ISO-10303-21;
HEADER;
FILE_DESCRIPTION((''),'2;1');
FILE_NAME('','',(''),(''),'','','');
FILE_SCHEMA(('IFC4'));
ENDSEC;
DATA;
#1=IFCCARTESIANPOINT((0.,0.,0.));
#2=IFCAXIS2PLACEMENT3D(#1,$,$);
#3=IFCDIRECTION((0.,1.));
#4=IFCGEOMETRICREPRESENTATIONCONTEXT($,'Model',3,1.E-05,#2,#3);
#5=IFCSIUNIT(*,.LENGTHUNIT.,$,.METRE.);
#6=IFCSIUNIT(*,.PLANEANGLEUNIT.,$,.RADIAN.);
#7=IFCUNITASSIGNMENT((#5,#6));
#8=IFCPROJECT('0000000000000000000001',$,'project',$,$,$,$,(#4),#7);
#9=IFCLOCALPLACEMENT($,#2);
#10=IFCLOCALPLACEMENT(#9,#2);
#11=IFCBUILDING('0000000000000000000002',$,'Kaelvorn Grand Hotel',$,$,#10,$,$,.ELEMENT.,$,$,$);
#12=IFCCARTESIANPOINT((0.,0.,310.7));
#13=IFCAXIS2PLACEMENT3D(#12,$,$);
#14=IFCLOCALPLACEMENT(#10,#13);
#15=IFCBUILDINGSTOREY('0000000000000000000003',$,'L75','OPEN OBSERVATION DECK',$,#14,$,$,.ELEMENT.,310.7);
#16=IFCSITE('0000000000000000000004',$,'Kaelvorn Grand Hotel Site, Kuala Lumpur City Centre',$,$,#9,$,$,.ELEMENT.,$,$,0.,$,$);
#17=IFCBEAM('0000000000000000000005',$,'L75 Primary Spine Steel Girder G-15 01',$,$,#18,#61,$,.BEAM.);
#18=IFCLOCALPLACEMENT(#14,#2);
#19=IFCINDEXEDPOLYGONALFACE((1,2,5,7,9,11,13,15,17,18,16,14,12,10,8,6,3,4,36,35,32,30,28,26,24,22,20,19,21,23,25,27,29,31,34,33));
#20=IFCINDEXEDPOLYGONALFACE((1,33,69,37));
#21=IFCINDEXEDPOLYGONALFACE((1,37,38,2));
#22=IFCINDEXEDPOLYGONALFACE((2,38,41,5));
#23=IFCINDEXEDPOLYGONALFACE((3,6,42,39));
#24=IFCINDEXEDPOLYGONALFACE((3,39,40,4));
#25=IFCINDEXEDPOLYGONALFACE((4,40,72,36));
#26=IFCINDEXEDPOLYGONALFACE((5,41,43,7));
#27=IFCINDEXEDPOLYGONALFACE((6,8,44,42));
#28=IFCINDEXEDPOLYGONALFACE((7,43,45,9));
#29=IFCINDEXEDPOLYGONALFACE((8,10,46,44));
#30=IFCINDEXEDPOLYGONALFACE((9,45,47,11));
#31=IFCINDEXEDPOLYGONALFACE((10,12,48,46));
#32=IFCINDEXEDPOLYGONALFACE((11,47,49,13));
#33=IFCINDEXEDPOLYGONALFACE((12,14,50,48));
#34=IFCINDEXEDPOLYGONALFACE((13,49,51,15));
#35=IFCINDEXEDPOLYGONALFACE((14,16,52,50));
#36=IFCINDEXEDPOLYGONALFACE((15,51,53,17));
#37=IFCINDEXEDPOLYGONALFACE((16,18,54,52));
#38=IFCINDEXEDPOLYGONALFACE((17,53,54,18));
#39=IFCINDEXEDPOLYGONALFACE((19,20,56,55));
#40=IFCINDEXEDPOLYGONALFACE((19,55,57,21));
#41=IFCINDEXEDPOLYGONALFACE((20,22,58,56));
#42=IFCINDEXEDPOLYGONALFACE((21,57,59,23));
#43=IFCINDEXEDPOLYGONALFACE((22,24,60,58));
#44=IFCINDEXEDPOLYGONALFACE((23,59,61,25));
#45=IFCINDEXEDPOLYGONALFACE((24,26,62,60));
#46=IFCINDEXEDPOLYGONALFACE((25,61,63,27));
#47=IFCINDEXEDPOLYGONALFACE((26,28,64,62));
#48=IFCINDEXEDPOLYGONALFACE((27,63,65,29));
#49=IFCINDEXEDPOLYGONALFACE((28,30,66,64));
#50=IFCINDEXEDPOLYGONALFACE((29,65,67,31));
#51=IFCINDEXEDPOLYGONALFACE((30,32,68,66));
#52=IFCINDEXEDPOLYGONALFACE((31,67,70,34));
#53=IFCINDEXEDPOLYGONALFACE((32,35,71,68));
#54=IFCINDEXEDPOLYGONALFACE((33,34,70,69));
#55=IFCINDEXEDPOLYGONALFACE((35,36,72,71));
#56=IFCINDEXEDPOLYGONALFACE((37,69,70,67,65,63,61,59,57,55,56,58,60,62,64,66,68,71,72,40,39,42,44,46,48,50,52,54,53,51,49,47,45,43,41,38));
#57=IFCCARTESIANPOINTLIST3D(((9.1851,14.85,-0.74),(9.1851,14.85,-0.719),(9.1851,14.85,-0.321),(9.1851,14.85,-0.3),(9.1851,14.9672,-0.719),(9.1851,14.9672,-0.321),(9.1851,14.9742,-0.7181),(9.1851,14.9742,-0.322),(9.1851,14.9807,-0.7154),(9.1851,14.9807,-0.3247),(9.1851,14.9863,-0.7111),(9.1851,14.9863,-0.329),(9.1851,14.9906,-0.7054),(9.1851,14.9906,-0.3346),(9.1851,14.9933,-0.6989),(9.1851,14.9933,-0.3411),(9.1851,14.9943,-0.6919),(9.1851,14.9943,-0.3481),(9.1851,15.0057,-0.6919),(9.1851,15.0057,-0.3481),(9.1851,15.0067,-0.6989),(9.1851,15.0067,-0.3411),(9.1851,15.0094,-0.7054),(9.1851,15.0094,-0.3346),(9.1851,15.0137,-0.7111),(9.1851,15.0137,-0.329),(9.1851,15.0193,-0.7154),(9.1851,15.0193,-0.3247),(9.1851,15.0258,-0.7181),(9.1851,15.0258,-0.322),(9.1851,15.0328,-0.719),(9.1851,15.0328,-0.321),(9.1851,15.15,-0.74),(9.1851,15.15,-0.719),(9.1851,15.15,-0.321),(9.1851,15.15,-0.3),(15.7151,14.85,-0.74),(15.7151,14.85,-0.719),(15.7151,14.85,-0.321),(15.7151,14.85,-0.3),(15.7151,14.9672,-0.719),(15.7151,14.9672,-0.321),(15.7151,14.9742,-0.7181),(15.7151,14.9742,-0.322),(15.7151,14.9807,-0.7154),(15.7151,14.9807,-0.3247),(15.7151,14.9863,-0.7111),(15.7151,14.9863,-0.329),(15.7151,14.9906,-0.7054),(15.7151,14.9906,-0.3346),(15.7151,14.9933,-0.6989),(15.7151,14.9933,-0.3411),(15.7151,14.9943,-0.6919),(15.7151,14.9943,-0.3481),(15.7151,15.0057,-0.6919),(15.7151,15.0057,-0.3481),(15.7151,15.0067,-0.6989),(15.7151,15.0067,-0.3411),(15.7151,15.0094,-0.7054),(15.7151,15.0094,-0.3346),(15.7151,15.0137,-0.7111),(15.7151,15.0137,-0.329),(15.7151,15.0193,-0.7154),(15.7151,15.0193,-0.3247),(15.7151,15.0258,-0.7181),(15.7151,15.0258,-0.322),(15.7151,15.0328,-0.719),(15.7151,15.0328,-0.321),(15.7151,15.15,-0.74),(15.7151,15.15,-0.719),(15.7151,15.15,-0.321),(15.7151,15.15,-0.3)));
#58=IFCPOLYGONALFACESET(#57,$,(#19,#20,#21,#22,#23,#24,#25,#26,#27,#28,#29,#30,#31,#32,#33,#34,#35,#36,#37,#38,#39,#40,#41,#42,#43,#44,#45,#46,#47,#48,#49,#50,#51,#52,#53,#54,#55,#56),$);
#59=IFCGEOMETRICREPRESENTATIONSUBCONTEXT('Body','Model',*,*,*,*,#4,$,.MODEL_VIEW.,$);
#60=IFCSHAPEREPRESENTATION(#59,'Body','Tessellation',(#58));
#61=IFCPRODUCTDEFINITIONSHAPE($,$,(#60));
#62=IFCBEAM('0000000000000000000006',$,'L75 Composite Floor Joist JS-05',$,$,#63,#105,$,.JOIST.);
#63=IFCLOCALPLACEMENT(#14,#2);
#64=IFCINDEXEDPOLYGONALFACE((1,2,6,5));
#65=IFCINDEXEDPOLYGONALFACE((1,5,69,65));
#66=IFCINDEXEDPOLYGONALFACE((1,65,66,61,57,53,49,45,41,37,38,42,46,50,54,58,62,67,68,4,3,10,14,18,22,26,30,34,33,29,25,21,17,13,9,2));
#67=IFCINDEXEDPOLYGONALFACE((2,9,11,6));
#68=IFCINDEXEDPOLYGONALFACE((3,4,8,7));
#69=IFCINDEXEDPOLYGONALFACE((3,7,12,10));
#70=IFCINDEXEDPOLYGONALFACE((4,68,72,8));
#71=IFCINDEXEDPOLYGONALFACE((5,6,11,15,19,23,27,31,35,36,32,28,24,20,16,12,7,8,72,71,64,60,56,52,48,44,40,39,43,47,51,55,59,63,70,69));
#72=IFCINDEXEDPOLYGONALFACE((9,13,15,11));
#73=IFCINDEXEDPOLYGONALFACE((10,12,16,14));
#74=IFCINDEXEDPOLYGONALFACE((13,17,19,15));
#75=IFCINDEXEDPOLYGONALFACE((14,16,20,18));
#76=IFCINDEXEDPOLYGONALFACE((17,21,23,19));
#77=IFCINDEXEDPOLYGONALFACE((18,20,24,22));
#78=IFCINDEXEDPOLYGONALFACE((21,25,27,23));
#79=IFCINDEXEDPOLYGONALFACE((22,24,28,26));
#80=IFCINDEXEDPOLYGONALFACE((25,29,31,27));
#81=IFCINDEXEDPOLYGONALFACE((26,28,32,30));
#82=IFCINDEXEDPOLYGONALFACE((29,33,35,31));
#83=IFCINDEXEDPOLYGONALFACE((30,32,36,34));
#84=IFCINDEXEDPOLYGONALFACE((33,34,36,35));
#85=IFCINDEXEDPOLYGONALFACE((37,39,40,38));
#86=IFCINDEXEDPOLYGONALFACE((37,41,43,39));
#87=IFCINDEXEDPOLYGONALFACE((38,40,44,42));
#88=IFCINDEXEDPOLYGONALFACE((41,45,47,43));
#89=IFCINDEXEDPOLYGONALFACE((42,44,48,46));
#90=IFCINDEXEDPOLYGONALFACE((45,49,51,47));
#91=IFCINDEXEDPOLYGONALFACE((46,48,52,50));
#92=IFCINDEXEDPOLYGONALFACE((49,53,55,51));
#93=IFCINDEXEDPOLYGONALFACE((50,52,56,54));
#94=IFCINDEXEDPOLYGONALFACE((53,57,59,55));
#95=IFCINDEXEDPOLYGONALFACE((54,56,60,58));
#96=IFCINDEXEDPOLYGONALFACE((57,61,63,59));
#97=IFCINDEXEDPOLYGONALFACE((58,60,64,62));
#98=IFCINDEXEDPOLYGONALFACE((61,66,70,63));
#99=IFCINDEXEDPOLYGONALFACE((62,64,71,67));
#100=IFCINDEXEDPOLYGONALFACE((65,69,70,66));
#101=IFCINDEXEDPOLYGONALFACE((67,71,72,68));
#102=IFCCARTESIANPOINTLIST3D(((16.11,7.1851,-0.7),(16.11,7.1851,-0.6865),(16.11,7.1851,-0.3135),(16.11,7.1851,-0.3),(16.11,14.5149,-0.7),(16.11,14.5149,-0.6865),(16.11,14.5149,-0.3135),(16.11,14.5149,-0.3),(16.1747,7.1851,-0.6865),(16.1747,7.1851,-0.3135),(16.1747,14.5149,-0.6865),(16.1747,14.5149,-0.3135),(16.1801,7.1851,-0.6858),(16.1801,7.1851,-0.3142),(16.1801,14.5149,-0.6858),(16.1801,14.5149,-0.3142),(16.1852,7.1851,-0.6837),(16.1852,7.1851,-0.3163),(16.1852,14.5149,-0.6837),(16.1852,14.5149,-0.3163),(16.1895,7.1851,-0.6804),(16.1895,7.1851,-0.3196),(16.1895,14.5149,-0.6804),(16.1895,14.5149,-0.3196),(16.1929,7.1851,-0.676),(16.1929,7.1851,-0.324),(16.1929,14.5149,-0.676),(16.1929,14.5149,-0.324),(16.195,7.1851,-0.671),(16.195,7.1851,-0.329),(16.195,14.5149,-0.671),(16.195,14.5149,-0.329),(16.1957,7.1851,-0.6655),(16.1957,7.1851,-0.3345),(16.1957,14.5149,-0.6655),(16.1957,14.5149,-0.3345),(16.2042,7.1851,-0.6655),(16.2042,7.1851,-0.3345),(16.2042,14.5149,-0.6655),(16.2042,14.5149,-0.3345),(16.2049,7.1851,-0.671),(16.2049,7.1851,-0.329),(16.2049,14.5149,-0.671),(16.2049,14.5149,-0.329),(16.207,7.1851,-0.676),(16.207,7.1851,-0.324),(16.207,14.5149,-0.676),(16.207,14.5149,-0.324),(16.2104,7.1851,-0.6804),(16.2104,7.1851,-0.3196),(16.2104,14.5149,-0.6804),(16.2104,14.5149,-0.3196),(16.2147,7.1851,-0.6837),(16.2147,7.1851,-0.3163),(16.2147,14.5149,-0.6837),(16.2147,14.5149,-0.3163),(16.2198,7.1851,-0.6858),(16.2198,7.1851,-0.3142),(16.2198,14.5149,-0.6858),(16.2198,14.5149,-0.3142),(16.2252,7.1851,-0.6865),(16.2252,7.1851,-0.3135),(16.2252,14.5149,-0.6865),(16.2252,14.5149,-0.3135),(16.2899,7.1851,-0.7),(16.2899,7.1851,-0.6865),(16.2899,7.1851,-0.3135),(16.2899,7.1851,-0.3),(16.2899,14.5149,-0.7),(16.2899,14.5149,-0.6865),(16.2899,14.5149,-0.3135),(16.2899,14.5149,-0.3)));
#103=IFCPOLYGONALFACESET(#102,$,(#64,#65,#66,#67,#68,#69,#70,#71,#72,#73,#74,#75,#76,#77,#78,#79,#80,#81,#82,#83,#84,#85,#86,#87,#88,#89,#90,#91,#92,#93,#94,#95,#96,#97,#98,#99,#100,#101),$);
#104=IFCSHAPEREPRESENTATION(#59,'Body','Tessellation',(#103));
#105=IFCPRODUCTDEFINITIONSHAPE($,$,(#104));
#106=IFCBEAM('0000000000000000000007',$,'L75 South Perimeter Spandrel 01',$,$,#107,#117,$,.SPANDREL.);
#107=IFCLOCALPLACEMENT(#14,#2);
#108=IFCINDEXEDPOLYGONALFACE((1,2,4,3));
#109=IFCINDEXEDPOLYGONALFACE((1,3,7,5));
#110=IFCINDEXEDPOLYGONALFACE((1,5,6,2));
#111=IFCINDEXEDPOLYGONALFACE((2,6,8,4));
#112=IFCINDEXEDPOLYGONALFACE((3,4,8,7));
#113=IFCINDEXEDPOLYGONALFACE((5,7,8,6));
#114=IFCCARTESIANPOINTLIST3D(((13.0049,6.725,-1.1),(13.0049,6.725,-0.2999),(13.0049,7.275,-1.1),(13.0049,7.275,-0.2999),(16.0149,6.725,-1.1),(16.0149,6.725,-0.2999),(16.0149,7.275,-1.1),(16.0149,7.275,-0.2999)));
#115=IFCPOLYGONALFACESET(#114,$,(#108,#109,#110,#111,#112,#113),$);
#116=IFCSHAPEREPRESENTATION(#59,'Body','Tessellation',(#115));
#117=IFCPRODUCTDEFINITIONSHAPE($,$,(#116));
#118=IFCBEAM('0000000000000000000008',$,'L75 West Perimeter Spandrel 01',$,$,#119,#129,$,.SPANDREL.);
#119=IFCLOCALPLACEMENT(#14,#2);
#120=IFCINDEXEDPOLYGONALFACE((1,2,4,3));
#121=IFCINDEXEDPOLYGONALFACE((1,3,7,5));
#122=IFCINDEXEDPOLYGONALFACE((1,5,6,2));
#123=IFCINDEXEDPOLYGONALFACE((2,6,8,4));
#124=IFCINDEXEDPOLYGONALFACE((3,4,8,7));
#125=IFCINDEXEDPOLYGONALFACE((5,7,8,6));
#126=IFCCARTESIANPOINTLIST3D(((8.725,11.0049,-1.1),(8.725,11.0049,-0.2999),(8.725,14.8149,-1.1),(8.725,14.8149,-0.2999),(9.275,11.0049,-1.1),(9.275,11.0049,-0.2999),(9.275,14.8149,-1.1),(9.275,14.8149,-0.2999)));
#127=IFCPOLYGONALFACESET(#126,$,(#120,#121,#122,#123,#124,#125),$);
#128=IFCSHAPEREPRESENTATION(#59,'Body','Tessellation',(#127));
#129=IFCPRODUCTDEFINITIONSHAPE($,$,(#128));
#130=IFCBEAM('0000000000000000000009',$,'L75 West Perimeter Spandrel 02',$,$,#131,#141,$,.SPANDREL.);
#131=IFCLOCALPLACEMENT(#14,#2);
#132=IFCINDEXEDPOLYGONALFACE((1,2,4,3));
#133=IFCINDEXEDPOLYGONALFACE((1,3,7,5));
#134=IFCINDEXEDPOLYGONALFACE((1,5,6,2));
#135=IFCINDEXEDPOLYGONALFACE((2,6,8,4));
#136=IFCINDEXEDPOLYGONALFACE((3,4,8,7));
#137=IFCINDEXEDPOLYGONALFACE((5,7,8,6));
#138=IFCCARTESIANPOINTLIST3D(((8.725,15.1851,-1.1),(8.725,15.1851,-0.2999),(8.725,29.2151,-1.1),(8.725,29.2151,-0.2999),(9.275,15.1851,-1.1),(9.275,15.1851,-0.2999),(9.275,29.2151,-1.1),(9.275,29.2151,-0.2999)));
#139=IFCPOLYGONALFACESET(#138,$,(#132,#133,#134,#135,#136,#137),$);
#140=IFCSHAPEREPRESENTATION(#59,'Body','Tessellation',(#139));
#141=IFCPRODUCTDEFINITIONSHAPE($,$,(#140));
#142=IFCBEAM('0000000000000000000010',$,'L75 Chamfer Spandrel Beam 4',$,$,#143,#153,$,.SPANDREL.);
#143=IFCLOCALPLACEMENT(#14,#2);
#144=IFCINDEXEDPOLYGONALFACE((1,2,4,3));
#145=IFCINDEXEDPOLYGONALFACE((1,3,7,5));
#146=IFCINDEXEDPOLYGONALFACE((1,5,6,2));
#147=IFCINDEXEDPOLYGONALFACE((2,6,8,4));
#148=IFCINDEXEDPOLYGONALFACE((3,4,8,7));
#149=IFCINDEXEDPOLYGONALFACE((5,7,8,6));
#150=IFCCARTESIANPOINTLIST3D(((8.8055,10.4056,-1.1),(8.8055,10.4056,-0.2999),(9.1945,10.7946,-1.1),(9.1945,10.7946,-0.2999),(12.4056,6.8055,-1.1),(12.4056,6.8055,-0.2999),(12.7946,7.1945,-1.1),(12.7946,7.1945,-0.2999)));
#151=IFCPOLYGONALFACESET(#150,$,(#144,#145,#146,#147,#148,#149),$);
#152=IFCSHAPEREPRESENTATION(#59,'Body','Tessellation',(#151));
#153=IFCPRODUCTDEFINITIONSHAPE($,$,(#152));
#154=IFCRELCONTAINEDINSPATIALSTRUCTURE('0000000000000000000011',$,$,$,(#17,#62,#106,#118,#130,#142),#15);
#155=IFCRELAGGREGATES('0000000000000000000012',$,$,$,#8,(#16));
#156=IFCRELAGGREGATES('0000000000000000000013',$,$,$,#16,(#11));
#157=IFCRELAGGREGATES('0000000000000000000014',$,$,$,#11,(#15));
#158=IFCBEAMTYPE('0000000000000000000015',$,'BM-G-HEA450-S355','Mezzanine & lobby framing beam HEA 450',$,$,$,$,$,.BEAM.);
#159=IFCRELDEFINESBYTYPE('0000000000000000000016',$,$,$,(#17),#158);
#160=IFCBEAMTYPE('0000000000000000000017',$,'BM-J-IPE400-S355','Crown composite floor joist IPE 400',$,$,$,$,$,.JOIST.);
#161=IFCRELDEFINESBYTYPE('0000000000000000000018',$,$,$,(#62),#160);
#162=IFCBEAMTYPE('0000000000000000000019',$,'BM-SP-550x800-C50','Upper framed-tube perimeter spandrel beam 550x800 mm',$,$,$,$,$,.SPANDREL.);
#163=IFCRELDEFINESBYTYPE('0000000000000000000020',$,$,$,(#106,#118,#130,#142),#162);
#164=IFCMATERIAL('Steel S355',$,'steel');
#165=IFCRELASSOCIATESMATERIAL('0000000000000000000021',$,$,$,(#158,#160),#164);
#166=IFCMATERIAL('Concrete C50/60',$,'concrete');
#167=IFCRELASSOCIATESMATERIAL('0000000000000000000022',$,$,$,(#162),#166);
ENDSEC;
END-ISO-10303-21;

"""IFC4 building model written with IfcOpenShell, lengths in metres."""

from ifc_helpers import new_model, si_unit, direction, frame, origin, origin_2d, place, context, subcontext, project, spatial, rectangle, i_section, extrude, material, material_profile, profile_set, type_object, element, save


model = new_model("IFC4")

# Units and contexts
model_context = context("Model", 3, precision=1e-05, world=origin(), true_north=direction((0.0, 1.0)))
body_context = subcontext(model_context, "Body", "Model", "MODEL_VIEW")
ifc_project = project(units=[si_unit("LENGTHUNIT", "METRE"), si_unit("PLANEANGLEUNIT", "RADIAN")], contexts=[model_context])

# Site, building, storey
site_placement = place(None, origin())
site = spatial("IfcSite", under=ifc_project, at=site_placement, Name="Kaelvorn Grand Hotel Site, Kuala Lumpur City Centre", CompositionType="ELEMENT", RefElevation=0.0)
building_placement = place(site_placement, origin())
building = spatial("IfcBuilding", under=site, at=building_placement, Name="Kaelvorn Grand Hotel", CompositionType="ELEMENT")
storey_placement = place(building_placement, frame((0.0, 0.0, 310.7)))
storey = spatial("IfcBuildingStorey", under=building, at=storey_placement, Name="L75", Description="OPEN OBSERVATION DECK", CompositionType="ELEMENT", Elevation=310.7)

# Shared definitions
ifc_material_1 = material(Name="Steel S355", Category="steel")

# Beams
ifc_material_profile_1 = material_profile(ifc_material_1, i_section(OverallWidth=0.3, OverallDepth=0.4399, WebThickness=0.0115, FlangeThickness=0.021, FilletRadius=0.0271, at=origin_2d()), Name="HEA 450")
ifc_profile_set_1 = profile_set([ifc_material_profile_1], Name="Steel S355")
beam_type_1 = type_object("IfcBeamType", Name="BM-G-HEA450-S355", Description="Mezzanine & lobby framing beam HEA 450", PredefinedType="BEAM", material=ifc_profile_set_1)
beam_1_placement = place(storey_placement, frame((9.1851, 15.0, -0.52), z_axis=(1.0, 0.0, 0.0), x_axis=(0.0, 1.0, 0.0)))
element("IfcBeam", 1, at=beam_1_placement, inside=storey, type_object=beam_type_1, Name="L75 Primary Spine Steel Girder G-15 01", PredefinedType="BEAM", context=body_context, shape_type="SweptSolid", body=[
    extrude(i_section(OverallWidth=0.3, OverallDepth=0.4399, WebThickness=0.0115, FlangeThickness=0.021, FilletRadius=0.0271, at=origin_2d()), origin(), (0.0, 0.0, 1.0), 6.53),
])
ifc_material_profile_2 = material_profile(ifc_material_1, i_section(OverallWidth=0.1799, OverallDepth=0.3999, WebThickness=0.0085, FlangeThickness=0.0134, FilletRadius=0.021, at=origin_2d()), Name="IPE 400")
ifc_profile_set_2 = profile_set([ifc_material_profile_2], Name="Steel S355")
beam_type_2 = type_object("IfcBeamType", Name="BM-J-IPE400-S355", Description="Crown composite floor joist IPE 400", PredefinedType="JOIST", material=ifc_profile_set_2)
beam_2_placement = place(storey_placement, frame((16.2, 7.1851, -0.5), z_axis=(0.0, 1.0, 0.0), x_axis=(-1.0, 0.0, 0.0)))
element("IfcBeam", 2, at=beam_2_placement, inside=storey, type_object=beam_type_2, Name="L75 Composite Floor Joist JS-05", PredefinedType="JOIST", context=body_context, shape_type="SweptSolid", body=[
    extrude(i_section(OverallWidth=0.1799, OverallDepth=0.3999, WebThickness=0.0085, FlangeThickness=0.0134, FilletRadius=0.021, at=origin_2d()), origin(), (0.0, 0.0, 1.0), 7.3298),
])
ifc_material_2 = material(Name="Concrete C50/60", Category="concrete")
ifc_material_profile_3 = material_profile(ifc_material_2, rectangle(XDim=0.55, YDim=0.8, at=origin_2d()), Name="RC SPANDREL 550x800")
ifc_profile_set_3 = profile_set([ifc_material_profile_3], Name="Concrete C50/60")
beam_type_3 = type_object("IfcBeamType", Name="BM-SP-550x800-C50", Description="Upper framed-tube perimeter spandrel beam 550x800 mm", PredefinedType="SPANDREL", material=ifc_profile_set_3)
beam_3_placement = place(storey_placement, frame((13.0049, 7.0, -0.7), z_axis=(1.0, 0.0, 0.0), x_axis=(0.0, 1.0, 0.0)))
element("IfcBeam", 3, at=beam_3_placement, inside=storey, type_object=beam_type_3, Name="L75 South Perimeter Spandrel 01", PredefinedType="SPANDREL", context=body_context, shape_type="SweptSolid", body=[
    extrude(rectangle(XDim=0.55, YDim=0.8, at=origin_2d()), origin(), (0.0, 0.0, 1.0), 3.01),
])
beam_4_placement = place(storey_placement, frame((9.0, 11.0049, -0.7), z_axis=(0.0, 1.0, 0.0), x_axis=(-1.0, 0.0, 0.0)))
element("IfcBeam", 4, at=beam_4_placement, inside=storey, type_object=beam_type_3, Name="L75 West Perimeter Spandrel 01", PredefinedType="SPANDREL", context=body_context, shape_type="SweptSolid", body=[
    extrude(rectangle(XDim=0.55, YDim=0.8, at=origin_2d()), origin(), (0.0, 0.0, 1.0), 3.8101),
])
beam_5_placement = place(storey_placement, frame((9.0, 15.1851, -0.7), z_axis=(0.0, 1.0, 0.0), x_axis=(-1.0, 0.0, 0.0)))
element("IfcBeam", 5, at=beam_5_placement, inside=storey, type_object=beam_type_3, Name="L75 West Perimeter Spandrel 02", PredefinedType="SPANDREL", context=body_context, shape_type="SweptSolid", body=[
    extrude(rectangle(XDim=0.55, YDim=0.8, at=origin_2d()), origin(), (0.0, 0.0, 1.0), 14.03),
])
beam_6_placement = place(storey_placement, frame((9.0, 10.6001, -0.7), z_axis=(0.707107, -0.707107, 0.0), x_axis=(0.707107, 0.707107, 0.0)))
element("IfcBeam", 6, at=beam_6_placement, inside=storey, type_object=beam_type_3, Name="L75 Chamfer Spandrel Beam 4", PredefinedType="SPANDREL", context=body_context, shape_type="SweptSolid", body=[
    extrude(rectangle(XDim=0.55, YDim=0.8, at=origin_2d()), origin(), (0.0, 0.0, 1.0), 5.0913),
])

save(model, "model.ifc")
